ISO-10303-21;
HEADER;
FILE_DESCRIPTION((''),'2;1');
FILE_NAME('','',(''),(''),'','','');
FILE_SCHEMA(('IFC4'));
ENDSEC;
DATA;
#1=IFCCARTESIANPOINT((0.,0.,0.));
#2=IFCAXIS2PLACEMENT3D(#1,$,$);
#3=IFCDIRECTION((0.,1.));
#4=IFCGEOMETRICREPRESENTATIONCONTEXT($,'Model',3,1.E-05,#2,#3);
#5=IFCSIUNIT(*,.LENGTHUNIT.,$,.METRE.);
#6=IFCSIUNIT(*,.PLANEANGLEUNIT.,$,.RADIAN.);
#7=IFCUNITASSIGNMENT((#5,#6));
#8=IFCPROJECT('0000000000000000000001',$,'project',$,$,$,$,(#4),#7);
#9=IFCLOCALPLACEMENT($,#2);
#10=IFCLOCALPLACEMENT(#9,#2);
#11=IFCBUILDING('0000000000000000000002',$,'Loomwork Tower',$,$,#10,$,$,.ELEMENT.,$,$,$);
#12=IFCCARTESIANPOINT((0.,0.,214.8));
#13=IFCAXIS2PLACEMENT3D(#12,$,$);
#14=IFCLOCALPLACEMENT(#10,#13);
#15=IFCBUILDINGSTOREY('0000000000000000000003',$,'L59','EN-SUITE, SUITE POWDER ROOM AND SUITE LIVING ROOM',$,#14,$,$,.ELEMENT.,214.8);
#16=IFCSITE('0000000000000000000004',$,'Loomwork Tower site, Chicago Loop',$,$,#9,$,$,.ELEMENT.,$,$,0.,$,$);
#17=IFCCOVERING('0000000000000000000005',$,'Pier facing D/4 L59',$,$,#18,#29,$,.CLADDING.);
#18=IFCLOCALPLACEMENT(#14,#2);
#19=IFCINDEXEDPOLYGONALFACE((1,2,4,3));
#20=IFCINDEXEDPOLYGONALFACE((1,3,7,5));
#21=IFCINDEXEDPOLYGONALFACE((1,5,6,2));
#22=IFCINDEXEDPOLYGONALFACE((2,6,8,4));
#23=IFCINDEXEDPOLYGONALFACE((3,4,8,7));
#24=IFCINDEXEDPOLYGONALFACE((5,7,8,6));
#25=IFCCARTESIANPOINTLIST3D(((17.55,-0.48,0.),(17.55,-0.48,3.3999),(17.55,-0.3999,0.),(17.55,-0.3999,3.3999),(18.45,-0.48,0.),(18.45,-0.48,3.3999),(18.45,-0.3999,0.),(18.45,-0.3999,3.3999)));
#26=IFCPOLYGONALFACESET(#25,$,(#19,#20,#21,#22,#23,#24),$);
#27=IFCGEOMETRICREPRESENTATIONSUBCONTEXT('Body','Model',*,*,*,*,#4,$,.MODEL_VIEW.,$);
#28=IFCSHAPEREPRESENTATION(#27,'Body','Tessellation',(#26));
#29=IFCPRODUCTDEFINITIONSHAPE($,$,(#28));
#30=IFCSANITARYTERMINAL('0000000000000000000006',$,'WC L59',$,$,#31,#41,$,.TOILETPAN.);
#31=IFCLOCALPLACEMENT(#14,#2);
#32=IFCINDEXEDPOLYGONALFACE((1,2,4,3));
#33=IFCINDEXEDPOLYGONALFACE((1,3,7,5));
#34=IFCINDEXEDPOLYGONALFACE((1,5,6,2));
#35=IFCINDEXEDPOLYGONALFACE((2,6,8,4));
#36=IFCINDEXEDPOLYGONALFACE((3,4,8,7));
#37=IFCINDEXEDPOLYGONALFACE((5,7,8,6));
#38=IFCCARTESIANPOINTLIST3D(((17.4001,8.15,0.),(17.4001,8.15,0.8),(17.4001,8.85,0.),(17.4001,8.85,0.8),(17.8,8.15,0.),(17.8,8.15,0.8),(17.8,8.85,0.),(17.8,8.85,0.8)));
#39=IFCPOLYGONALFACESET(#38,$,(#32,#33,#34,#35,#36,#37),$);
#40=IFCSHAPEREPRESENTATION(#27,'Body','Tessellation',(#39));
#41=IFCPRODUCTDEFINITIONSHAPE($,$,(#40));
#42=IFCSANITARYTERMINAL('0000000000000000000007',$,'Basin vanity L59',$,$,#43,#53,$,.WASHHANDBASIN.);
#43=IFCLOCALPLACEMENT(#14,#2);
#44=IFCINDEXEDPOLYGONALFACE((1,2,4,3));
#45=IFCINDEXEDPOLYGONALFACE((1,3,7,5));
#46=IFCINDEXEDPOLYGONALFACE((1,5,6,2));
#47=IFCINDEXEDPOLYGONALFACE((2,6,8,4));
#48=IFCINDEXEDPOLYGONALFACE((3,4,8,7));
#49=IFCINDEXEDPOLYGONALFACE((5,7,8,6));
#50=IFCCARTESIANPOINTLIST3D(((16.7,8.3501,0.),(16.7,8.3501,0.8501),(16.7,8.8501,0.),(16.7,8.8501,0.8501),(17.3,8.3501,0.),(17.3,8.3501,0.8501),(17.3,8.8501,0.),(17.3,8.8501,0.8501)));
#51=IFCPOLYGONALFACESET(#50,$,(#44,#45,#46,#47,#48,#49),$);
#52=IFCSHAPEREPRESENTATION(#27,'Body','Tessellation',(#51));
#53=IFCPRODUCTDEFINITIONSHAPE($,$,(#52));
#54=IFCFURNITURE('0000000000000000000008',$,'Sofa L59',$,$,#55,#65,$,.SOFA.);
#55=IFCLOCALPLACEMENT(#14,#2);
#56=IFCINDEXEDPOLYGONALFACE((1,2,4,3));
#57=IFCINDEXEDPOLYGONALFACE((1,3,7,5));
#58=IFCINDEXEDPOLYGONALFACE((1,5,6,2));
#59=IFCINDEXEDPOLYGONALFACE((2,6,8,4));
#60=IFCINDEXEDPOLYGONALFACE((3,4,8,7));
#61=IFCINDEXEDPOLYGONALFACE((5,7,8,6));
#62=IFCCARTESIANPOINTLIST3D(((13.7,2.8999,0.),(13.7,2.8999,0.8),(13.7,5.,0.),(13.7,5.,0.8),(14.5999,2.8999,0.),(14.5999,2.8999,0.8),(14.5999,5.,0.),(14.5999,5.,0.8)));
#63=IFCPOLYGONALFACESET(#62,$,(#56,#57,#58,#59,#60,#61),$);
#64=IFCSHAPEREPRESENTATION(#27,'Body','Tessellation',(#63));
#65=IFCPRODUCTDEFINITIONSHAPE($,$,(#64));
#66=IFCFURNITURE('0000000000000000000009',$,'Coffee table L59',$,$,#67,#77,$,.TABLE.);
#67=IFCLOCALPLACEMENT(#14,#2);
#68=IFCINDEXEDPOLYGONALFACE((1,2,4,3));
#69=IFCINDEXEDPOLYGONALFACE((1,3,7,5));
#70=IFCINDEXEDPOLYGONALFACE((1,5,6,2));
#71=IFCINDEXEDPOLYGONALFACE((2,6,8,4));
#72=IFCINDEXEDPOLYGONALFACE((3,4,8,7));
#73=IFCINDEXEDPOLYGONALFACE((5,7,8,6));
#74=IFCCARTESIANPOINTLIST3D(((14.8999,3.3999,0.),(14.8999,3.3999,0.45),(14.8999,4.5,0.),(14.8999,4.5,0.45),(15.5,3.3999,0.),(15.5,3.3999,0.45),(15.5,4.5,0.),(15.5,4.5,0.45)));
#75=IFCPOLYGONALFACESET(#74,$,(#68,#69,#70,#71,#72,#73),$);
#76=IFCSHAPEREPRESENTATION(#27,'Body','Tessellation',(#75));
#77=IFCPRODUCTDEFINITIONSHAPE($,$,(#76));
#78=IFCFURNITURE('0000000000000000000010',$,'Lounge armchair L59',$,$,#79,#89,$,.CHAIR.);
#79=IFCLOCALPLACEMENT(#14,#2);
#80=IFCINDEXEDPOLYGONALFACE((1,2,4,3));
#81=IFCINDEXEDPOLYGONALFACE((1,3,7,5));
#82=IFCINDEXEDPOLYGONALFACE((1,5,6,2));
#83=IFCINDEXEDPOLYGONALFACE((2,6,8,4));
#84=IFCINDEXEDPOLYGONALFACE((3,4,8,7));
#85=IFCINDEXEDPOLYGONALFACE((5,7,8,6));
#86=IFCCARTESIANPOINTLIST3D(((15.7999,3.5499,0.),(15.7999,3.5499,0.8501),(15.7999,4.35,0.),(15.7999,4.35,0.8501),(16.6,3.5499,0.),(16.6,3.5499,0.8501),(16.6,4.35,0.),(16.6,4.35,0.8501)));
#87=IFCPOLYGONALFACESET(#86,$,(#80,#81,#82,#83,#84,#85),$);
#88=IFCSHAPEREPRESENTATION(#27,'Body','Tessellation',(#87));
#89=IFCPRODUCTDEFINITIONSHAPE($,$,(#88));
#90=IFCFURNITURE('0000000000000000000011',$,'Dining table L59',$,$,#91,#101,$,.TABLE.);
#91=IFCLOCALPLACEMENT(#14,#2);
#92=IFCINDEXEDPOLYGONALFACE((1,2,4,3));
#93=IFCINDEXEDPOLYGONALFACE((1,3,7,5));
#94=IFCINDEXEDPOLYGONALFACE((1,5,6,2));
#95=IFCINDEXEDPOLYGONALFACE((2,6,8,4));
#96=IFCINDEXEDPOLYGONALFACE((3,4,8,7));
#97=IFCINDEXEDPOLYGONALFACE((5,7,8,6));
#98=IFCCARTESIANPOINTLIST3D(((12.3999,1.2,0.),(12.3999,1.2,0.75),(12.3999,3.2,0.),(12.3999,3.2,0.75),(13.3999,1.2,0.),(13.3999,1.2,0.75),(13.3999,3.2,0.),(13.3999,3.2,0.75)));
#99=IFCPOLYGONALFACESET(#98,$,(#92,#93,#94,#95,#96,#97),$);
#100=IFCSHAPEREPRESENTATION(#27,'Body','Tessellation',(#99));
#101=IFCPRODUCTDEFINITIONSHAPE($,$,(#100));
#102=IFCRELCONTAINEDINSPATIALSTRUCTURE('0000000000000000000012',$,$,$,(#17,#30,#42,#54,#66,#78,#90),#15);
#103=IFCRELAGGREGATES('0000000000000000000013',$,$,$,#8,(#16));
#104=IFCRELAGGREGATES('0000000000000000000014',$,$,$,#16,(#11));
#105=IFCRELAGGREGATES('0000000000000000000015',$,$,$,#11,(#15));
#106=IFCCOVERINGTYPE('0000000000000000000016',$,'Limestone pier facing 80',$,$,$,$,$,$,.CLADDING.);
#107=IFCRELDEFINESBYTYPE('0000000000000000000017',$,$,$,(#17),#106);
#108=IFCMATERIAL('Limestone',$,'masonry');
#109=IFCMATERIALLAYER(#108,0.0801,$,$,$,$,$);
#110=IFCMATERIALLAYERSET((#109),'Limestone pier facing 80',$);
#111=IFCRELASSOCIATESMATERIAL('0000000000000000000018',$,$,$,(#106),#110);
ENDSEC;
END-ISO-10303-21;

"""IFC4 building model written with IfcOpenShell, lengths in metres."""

from ifc_helpers import new_model, si_unit, direction, frame, origin, origin_2d, place, context, subcontext, project, spatial, rectangle, extrude, material, layer, layer_set, type_object, element, save


model = new_model("IFC4")

# Units and contexts
model_context = context("Model", 3, precision=1e-05, world=origin(), true_north=direction((0.0, 1.0)))
body_context = subcontext(model_context, "Body", "Model", "MODEL_VIEW")
ifc_project = project(units=[si_unit("LENGTHUNIT", "METRE"), si_unit("PLANEANGLEUNIT", "RADIAN")], contexts=[model_context])

# Site, building, storey
site_placement = place(None, origin())
site = spatial("IfcSite", under=ifc_project, at=site_placement, Name="Loomwork Tower site, Chicago Loop", CompositionType="ELEMENT", RefElevation=0.0)
building_placement = place(site_placement, origin())
building = spatial("IfcBuilding", under=site, at=building_placement, Name="Loomwork Tower", CompositionType="ELEMENT")
storey_placement = place(building_placement, frame((0.0, 0.0, 214.8)))
storey = spatial("IfcBuildingStorey", under=building, at=storey_placement, Name="L59", Description="EN-SUITE, SUITE POWDER ROOM AND SUITE LIVING ROOM", CompositionType="ELEMENT", Elevation=214.8)

# Covering
ifc_material_1 = material(Name="Limestone", Category="masonry")
ifc_layer_1 = layer(ifc_material_1, 0.0801)
ifc_layer_set_1 = layer_set([ifc_layer_1], Name="Limestone pier facing 80")
covering_type = type_object("IfcCoveringType", Name="Limestone pier facing 80", PredefinedType="CLADDING", material=ifc_layer_set_1)
covering_placement = place(storey_placement, frame((18.0, -0.4399, 0.0), z_axis=(0.0, 0.0, 1.0), x_axis=(1.0, 0.0, 0.0)))
element("IfcCovering", 1, at=covering_placement, inside=storey, type_object=covering_type, Name="Pier facing D/4 L59", PredefinedType="CLADDING", context=body_context, shape_type="SweptSolid", body=[
    extrude(rectangle(XDim=0.8999, YDim=0.0801, at=origin_2d()), origin(), (0.0, 0.0, 1.0), 3.3999),
])

# Sanitary terminals
sanitary_terminal_1_placement = place(storey_placement, frame((17.6001, 8.5, 0.0), z_axis=(0.0, 0.0, 1.0), x_axis=(1.0, 0.0, 0.0)))
element("IfcSanitaryTerminal", 2, at=sanitary_terminal_1_placement, inside=storey, Name="WC L59", PredefinedType="TOILETPAN", context=body_context, shape_type="SweptSolid", body=[
    extrude(rectangle(XDim=0.3999, YDim=0.7, at=origin_2d()), origin(), (0.0, 0.0, 1.0), 0.8),
])
sanitary_terminal_2_placement = place(storey_placement, frame((17.0, 8.6001, 0.0), z_axis=(0.0, 0.0, 1.0), x_axis=(1.0, 0.0, 0.0)))
element("IfcSanitaryTerminal", 3, at=sanitary_terminal_2_placement, inside=storey, Name="Basin vanity L59", PredefinedType="WASHHANDBASIN", context=body_context, shape_type="SweptSolid", body=[
    extrude(rectangle(XDim=0.6001, YDim=0.5, at=origin_2d()), origin(), (0.0, 0.0, 1.0), 0.8501),
])

# Furniture
furniture_1_placement = place(storey_placement, frame((14.1499, 3.95, 0.0), z_axis=(0.0, 0.0, 1.0), x_axis=(1.0, 0.0, 0.0)))
element("IfcFurniture", 4, at=furniture_1_placement, inside=storey, Name="Sofa L59", PredefinedType="SOFA", context=body_context, shape_type="SweptSolid", body=[
    extrude(rectangle(XDim=0.8999, YDim=2.1001, at=origin_2d()), origin(), (0.0, 0.0, 1.0), 0.8),
])
furniture_2_placement = place(storey_placement, frame((15.2, 3.95, 0.0), z_axis=(0.0, 0.0, 1.0), x_axis=(1.0, 0.0, 0.0)))
element("IfcFurniture", 5, at=furniture_2_placement, inside=storey, Name="Coffee table L59", PredefinedType="TABLE", context=body_context, shape_type="SweptSolid", body=[
    extrude(rectangle(XDim=0.6001, YDim=1.1001, at=origin_2d()), origin(), (0.0, 0.0, 1.0), 0.45),
])
furniture_3_placement = place(storey_placement, frame((16.2, 3.95, 0.0), z_axis=(0.0, 0.0, 1.0), x_axis=(1.0, 0.0, 0.0)))
element("IfcFurniture", 6, at=furniture_3_placement, inside=storey, Name="Lounge armchair L59", PredefinedType="CHAIR", context=body_context, shape_type="SweptSolid", body=[
    extrude(rectangle(XDim=0.8, YDim=0.8, at=origin_2d()), origin(), (0.0, 0.0, 1.0), 0.8501),
])
furniture_4_placement = place(storey_placement, frame((12.8999, 2.2, 0.0), z_axis=(0.0, 0.0, 1.0), x_axis=(1.0, 0.0, 0.0)))
element("IfcFurniture", 7, at=furniture_4_placement, inside=storey, Name="Dining table L59", PredefinedType="TABLE", context=body_context, shape_type="SweptSolid", body=[
    extrude(rectangle(XDim=1.0, YDim=2.0, at=origin_2d()), origin(), (0.0, 0.0, 1.0), 0.75),
])

save(model, "model.ifc")
